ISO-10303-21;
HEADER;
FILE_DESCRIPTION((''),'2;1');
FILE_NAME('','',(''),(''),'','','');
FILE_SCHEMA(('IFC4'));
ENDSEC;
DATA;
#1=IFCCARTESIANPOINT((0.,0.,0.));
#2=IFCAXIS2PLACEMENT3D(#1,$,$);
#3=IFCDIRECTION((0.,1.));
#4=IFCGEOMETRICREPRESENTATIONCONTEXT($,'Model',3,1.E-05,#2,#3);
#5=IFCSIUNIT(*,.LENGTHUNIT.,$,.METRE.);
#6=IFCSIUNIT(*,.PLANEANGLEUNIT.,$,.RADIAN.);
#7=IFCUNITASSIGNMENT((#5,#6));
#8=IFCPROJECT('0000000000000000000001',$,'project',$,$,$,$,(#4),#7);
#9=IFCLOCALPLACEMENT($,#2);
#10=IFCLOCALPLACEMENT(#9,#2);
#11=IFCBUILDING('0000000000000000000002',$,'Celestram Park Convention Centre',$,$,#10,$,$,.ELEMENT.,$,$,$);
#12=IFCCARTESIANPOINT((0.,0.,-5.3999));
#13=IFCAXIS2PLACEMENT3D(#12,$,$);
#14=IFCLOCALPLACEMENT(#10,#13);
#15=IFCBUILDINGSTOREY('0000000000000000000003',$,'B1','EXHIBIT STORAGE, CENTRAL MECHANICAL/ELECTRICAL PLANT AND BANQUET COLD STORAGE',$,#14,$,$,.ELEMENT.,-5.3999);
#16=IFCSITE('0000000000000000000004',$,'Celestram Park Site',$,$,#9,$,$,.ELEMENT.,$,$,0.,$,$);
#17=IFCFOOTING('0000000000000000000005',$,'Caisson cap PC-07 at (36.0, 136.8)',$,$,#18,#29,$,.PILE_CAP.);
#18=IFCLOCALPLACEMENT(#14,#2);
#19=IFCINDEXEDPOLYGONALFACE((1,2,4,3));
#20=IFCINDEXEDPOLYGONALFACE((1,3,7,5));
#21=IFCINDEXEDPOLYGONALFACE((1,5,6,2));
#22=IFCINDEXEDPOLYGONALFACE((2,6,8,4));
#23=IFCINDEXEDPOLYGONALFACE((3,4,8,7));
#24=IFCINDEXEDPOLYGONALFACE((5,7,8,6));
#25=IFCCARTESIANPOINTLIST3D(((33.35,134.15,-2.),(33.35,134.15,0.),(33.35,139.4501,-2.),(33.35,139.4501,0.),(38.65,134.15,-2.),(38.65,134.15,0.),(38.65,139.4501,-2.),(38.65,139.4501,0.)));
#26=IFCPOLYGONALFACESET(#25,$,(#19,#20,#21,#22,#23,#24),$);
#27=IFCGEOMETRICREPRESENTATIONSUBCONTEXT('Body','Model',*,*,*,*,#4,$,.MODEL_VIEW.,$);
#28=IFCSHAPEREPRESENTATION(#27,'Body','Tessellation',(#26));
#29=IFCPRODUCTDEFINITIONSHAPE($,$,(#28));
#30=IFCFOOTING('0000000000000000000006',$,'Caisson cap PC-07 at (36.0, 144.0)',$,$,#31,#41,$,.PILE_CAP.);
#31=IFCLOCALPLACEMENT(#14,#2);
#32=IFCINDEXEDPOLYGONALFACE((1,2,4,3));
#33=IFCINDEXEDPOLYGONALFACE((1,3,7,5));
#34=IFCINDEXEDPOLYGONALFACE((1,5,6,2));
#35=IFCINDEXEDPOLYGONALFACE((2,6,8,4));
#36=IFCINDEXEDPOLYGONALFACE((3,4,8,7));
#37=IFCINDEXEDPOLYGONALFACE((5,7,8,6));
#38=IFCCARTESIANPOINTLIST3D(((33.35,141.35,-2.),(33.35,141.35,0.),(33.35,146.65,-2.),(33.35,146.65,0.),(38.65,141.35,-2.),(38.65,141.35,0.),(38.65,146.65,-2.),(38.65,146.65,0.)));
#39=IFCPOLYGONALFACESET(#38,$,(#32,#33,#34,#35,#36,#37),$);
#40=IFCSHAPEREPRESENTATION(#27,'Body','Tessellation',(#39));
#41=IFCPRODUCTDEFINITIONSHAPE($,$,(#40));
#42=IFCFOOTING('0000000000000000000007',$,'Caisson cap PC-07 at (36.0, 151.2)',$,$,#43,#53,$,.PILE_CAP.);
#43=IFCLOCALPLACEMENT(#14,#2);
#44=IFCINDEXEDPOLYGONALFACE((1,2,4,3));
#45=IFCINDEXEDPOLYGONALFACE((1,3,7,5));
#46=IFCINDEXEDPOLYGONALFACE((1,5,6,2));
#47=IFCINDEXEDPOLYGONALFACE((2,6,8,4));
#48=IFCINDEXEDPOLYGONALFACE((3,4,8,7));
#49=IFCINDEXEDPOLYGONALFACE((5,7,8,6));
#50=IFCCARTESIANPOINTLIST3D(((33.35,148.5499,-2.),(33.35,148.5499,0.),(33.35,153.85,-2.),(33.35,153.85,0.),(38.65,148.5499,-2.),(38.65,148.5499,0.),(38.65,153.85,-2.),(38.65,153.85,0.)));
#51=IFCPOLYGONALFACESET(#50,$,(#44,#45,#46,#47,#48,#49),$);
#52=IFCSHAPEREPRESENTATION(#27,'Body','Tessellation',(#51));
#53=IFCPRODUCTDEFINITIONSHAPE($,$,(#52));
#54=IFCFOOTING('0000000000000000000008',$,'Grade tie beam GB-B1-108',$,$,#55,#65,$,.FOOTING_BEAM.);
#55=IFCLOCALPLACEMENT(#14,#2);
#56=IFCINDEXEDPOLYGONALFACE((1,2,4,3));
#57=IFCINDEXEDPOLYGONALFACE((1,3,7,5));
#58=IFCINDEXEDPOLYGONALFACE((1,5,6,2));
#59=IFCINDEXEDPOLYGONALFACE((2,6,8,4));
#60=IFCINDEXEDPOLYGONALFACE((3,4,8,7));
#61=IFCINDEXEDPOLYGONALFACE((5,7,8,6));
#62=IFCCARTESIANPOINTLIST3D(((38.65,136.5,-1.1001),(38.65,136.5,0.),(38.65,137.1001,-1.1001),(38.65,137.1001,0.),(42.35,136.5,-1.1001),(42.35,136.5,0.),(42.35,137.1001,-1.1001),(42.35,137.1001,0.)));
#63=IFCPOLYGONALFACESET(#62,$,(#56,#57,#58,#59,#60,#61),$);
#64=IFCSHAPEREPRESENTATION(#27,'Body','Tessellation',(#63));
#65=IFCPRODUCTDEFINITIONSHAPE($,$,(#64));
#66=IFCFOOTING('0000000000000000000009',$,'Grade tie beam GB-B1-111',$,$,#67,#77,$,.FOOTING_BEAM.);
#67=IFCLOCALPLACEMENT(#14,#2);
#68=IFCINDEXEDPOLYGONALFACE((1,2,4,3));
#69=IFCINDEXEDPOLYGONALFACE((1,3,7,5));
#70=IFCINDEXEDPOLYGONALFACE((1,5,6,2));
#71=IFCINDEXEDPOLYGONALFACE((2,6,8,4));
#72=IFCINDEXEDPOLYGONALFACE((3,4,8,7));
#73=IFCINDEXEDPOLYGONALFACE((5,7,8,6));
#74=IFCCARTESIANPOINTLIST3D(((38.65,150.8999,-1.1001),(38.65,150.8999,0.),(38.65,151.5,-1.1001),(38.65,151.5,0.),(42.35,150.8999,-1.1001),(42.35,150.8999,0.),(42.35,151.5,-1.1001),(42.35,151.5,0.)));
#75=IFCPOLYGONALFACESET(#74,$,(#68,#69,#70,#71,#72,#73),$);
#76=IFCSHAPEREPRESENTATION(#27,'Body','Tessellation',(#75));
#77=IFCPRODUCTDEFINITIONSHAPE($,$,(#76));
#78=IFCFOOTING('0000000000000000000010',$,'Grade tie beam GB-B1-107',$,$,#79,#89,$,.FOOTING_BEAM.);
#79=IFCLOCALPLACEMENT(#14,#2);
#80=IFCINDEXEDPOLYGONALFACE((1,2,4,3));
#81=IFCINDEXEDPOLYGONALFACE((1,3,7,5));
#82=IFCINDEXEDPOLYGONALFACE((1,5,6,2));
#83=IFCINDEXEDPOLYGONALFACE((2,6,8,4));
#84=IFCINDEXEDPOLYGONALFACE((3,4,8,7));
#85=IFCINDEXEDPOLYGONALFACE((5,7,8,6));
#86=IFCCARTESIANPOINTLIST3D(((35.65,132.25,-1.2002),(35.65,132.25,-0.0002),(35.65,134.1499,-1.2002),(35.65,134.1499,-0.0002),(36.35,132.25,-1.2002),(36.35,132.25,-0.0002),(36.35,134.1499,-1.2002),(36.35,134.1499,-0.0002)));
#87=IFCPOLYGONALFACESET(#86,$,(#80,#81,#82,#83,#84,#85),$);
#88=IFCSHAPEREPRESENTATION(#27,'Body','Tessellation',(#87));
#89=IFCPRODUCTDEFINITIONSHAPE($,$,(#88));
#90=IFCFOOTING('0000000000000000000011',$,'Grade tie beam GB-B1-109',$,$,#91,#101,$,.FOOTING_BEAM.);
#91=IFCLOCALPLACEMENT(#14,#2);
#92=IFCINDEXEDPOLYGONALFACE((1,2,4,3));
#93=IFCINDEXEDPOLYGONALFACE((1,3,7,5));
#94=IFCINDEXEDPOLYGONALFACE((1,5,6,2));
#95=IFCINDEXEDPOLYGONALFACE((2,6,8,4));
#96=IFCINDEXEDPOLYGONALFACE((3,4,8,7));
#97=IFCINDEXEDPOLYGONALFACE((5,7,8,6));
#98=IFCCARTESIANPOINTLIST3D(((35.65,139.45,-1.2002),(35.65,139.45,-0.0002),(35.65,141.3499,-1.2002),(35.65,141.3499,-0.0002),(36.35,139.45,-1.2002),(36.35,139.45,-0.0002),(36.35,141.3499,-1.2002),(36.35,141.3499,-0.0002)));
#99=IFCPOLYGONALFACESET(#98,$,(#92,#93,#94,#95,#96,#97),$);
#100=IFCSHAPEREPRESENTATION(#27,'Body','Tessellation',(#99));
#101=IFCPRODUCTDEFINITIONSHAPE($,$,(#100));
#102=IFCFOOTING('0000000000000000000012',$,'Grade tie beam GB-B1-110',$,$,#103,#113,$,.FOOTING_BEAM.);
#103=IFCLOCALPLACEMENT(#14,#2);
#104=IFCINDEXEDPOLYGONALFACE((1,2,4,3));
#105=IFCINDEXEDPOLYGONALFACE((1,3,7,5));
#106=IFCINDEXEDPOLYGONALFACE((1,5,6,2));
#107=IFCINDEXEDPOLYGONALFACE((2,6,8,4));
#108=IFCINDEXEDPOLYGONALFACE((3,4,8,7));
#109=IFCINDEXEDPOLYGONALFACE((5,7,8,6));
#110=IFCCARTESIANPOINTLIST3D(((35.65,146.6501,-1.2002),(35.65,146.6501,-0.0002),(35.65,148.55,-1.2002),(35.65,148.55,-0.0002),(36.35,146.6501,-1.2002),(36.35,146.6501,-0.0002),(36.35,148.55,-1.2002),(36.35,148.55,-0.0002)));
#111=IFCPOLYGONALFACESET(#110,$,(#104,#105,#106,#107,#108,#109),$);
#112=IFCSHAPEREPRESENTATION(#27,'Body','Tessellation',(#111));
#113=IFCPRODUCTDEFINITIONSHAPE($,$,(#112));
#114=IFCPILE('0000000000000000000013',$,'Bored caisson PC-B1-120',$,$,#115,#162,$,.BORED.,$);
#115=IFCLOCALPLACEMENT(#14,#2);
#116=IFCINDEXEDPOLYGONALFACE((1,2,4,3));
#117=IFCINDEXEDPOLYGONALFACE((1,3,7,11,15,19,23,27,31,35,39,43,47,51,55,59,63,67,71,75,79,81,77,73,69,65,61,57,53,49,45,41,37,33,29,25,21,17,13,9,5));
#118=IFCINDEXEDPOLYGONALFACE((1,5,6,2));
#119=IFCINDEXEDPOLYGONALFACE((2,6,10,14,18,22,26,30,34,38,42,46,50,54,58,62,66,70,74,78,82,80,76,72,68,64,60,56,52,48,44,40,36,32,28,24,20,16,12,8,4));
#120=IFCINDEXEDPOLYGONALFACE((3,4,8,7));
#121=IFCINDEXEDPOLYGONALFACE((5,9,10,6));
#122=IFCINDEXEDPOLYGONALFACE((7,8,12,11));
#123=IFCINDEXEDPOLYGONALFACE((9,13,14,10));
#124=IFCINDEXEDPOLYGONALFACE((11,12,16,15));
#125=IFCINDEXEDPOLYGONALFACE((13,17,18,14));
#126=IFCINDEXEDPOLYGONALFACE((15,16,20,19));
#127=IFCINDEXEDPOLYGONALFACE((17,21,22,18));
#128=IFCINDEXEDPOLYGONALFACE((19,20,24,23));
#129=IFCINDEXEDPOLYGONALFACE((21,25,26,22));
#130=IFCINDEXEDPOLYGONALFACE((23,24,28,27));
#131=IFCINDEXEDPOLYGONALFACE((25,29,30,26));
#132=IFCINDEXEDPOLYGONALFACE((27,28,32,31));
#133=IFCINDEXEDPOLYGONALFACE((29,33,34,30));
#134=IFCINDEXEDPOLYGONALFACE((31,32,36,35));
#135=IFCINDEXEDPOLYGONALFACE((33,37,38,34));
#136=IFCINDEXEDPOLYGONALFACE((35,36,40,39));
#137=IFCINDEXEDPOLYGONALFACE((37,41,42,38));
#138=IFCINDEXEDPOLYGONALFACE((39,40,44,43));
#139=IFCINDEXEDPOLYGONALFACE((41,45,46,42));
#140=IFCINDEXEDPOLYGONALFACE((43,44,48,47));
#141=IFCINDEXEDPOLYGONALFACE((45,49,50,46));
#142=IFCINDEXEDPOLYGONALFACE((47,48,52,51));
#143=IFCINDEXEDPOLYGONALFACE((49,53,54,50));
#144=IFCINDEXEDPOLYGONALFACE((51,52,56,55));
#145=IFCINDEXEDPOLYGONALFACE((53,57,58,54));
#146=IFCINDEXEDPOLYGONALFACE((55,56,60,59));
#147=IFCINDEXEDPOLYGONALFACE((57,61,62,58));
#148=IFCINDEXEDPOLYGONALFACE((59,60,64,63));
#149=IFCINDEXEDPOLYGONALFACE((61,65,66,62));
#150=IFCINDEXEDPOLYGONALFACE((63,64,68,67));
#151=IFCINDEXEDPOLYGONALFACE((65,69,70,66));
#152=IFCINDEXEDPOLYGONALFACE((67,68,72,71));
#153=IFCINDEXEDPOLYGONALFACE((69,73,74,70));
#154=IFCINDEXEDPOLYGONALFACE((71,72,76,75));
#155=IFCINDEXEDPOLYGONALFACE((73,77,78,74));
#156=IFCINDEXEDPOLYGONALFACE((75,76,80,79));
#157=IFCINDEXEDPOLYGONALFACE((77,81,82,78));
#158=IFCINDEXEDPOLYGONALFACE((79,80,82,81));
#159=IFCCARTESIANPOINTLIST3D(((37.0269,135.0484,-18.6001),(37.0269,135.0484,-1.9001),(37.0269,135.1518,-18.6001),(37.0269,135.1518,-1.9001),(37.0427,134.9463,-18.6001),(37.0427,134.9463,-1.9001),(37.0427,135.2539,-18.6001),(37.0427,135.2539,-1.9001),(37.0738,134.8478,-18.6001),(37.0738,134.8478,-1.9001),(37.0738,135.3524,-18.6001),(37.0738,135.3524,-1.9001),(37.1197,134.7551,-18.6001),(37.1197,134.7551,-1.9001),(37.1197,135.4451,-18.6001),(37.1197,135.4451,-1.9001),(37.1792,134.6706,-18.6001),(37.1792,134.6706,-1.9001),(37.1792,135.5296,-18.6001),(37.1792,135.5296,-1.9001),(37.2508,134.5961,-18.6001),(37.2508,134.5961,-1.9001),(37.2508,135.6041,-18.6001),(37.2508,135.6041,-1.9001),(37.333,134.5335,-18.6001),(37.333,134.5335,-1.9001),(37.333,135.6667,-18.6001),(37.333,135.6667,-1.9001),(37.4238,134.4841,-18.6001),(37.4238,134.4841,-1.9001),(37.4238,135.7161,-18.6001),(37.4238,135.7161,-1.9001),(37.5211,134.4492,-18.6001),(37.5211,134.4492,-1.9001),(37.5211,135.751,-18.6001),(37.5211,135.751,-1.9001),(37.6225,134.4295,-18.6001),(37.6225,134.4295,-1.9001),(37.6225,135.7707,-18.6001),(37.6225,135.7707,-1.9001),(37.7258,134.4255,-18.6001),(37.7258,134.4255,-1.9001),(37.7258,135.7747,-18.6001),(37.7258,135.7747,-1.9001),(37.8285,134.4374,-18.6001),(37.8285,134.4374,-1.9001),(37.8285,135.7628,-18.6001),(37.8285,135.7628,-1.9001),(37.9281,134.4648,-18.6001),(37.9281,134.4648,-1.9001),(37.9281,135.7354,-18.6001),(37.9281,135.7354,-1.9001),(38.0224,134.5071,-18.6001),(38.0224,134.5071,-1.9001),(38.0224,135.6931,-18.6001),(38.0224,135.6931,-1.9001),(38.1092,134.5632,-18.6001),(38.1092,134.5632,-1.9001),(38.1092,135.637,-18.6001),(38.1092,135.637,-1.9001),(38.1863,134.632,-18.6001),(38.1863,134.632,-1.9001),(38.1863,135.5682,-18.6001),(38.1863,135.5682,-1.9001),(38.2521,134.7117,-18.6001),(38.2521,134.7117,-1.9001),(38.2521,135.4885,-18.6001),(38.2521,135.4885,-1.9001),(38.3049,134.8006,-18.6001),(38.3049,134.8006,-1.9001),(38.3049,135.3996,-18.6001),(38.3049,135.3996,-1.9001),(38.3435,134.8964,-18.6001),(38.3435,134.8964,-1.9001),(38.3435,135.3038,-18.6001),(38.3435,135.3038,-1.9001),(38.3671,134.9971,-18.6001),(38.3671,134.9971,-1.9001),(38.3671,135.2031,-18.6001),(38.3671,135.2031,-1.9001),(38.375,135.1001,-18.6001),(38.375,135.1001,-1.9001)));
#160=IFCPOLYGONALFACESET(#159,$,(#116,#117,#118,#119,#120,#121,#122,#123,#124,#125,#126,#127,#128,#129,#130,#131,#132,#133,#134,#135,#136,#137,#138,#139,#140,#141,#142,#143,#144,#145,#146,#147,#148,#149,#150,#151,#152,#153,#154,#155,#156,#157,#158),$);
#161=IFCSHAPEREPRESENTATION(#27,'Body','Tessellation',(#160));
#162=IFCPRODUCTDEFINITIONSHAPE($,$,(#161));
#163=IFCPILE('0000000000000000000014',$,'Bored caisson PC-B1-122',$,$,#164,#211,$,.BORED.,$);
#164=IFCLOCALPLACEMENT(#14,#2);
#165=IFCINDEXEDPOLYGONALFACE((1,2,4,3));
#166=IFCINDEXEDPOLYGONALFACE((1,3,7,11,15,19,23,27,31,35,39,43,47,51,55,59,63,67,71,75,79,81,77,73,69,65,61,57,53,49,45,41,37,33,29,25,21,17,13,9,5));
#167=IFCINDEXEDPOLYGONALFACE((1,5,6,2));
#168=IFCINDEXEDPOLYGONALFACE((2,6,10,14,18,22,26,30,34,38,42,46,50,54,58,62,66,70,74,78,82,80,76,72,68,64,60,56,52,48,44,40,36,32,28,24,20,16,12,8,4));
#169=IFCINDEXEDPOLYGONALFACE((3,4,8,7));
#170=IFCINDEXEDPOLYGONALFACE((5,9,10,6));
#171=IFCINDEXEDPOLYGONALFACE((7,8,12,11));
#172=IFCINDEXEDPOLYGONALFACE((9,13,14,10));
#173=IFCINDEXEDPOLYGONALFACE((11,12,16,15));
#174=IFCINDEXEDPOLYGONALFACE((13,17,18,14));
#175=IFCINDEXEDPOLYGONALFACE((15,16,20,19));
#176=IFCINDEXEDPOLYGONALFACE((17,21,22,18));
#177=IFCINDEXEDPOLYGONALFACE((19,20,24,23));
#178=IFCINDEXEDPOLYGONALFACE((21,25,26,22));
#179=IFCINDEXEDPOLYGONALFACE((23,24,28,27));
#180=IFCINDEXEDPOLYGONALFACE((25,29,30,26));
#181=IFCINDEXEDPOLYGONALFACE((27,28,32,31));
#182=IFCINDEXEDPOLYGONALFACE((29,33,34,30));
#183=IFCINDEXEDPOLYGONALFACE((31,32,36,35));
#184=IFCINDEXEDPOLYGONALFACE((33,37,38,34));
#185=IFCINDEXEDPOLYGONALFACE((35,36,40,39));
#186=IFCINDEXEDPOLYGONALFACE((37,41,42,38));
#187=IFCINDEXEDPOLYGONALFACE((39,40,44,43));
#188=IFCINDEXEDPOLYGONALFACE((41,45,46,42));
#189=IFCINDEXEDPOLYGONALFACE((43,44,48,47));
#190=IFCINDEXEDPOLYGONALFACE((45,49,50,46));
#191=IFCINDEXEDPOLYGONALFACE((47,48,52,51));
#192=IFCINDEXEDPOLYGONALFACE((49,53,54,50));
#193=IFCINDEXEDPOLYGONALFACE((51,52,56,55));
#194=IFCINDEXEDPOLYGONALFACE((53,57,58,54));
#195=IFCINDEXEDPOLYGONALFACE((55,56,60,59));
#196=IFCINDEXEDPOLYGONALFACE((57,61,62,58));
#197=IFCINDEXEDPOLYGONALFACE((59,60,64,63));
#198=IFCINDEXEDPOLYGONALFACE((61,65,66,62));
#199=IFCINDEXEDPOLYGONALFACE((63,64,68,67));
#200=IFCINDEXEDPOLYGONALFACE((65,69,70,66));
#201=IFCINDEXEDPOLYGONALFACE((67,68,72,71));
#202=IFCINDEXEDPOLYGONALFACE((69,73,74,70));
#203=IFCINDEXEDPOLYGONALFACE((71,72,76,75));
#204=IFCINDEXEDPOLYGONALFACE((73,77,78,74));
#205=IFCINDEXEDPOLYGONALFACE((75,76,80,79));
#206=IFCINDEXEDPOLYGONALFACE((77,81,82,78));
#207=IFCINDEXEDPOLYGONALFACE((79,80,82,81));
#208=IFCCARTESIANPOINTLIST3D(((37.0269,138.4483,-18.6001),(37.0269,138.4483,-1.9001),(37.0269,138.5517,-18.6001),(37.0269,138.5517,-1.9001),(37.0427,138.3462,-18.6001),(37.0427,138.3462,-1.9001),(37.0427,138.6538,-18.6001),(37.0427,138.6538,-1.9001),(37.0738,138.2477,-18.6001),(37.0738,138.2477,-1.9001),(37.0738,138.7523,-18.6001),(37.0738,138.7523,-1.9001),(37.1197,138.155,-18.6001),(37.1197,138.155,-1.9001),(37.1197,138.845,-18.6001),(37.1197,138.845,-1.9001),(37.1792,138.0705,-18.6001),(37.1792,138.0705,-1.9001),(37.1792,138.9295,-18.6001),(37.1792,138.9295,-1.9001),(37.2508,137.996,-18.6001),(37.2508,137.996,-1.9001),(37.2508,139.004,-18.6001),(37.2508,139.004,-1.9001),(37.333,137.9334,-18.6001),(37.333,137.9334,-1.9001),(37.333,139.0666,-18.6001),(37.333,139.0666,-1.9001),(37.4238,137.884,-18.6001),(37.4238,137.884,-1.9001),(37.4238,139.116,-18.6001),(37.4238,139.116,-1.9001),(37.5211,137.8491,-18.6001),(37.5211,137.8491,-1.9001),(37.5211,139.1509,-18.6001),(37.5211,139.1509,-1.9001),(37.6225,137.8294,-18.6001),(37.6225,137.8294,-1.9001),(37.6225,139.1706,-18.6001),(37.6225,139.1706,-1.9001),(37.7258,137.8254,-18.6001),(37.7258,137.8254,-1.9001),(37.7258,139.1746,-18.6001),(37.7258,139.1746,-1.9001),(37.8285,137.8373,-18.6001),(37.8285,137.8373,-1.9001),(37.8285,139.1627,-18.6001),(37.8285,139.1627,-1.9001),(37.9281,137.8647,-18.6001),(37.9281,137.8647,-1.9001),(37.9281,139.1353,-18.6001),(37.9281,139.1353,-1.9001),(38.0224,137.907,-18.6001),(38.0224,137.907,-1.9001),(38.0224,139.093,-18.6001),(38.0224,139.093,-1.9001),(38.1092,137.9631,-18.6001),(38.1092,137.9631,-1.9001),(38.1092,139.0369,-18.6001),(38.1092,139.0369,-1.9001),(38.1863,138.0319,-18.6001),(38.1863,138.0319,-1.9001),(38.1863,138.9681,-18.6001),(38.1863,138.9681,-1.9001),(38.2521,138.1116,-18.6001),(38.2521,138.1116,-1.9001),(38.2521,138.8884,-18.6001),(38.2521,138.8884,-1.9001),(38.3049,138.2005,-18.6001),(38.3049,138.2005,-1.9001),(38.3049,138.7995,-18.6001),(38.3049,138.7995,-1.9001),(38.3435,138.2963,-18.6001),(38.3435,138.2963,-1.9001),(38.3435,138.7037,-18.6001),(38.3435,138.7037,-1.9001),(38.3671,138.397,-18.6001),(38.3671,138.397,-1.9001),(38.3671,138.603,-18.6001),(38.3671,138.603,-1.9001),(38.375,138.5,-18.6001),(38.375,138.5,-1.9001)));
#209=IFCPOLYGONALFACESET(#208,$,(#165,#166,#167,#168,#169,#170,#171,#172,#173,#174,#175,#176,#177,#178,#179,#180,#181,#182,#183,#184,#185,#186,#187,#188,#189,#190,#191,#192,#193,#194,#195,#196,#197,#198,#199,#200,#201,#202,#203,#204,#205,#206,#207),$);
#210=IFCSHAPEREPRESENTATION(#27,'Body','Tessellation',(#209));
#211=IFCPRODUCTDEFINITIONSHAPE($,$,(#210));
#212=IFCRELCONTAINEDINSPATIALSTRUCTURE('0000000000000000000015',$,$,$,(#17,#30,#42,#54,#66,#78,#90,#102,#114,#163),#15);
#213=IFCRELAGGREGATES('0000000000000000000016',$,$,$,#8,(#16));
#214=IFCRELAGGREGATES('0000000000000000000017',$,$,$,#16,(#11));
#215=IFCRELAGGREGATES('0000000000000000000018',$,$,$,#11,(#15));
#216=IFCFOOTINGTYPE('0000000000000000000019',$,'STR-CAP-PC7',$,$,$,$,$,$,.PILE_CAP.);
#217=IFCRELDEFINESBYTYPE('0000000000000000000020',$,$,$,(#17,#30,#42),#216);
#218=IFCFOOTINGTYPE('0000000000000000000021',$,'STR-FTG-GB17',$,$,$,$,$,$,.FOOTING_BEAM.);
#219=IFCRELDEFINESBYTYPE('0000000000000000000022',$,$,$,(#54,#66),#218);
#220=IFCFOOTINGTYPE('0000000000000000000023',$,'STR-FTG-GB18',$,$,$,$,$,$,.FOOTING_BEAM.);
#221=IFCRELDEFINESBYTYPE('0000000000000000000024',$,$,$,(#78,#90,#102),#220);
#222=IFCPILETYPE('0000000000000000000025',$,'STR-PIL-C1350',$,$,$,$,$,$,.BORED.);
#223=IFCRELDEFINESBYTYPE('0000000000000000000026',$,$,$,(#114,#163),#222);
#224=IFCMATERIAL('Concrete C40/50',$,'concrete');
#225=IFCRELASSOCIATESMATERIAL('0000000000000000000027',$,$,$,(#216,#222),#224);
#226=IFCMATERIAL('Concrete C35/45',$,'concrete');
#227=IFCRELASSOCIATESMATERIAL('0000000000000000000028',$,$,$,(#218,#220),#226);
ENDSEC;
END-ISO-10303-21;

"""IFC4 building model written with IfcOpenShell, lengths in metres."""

from ifc_helpers import new_model, si_unit, direction, frame, origin, origin_2d, place, context, subcontext, project, spatial, rectangle, circle, extrude, material, material_profile, profile_set, type_object, element, save


model = new_model("IFC4")

# Units and contexts
model_context = context("Model", 3, precision=1e-05, world=origin(), true_north=direction((0.0, 1.0)))
body_context = subcontext(model_context, "Body", "Model", "MODEL_VIEW")
ifc_project = project(units=[si_unit("LENGTHUNIT", "METRE"), si_unit("PLANEANGLEUNIT", "RADIAN")], contexts=[model_context])

# Site, building, storey
site_placement = place(None, origin())
site = spatial("IfcSite", under=ifc_project, at=site_placement, Name="Celestram Park Site", CompositionType="ELEMENT", RefElevation=0.0)
building_placement = place(site_placement, origin())
building = spatial("IfcBuilding", under=site, at=building_placement, Name="Celestram Park Convention Centre", CompositionType="ELEMENT")
storey_placement = place(building_placement, frame((0.0, 0.0, -5.3999)))
storey = spatial("IfcBuildingStorey", under=building, at=storey_placement, Name="B1", Description="EXHIBIT STORAGE, CENTRAL MECHANICAL/ELECTRICAL PLANT AND BANQUET COLD STORAGE", CompositionType="ELEMENT", Elevation=-5.3999)

# Footings
ifc_material_1 = material(Name="Concrete C40/50", Category="concrete")
footing_type_1 = type_object("IfcFootingType", Name="STR-CAP-PC7", PredefinedType="PILE_CAP", material=ifc_material_1)
for number, where, z_axis, x_axis, name in (
    (1, (36.0, 136.8, -2.0), (0.0, 0.0, 1.0), (1.0, 0.0, 0.0), "Caisson cap PC-07 at (36.0, 136.8)"),
    (2, (36.0, 144.0, -2.0), (0.0, 0.0, 1.0), (1.0, 0.0, 0.0), "Caisson cap PC-07 at (36.0, 144.0)"),
    (3, (36.0, 151.2, -2.0), (0.0, 0.0, 1.0), (1.0, 0.0, 0.0), "Caisson cap PC-07 at (36.0, 151.2)"),
):
    element("IfcFooting", number, at=place(storey_placement, frame(where, z_axis=z_axis, x_axis=x_axis)), inside=storey, type_object=footing_type_1, Name=name, PredefinedType="PILE_CAP", context=body_context, shape_type="SweptSolid", body=[
        extrude(rectangle(XDim=5.3, YDim=5.3, at=origin_2d()), origin(), (0.0, 0.0, 1.0), 2.0),
    ])
ifc_material_2 = material(Name="Concrete C35/45", Category="concrete")
footing_type_2 = type_object("IfcFootingType", Name="STR-FTG-GB17", PredefinedType="FOOTING_BEAM", material=ifc_material_2)
for number, where, z_axis, x_axis, name in (
    (4, (40.5, 136.8, -1.1001), (0.0, 0.0, 1.0), (1.0, 0.0, 0.0), "Grade tie beam GB-B1-108"),
    (5, (40.5, 151.2, -1.1001), (0.0, 0.0, 1.0), (1.0, 0.0, 0.0), "Grade tie beam GB-B1-111"),
):
    element("IfcFooting", number, at=place(storey_placement, frame(where, z_axis=z_axis, x_axis=x_axis)), inside=storey, type_object=footing_type_2, Name=name, PredefinedType="FOOTING_BEAM", context=body_context, shape_type="SweptSolid", body=[
        extrude(rectangle(XDim=3.7, YDim=0.6001, at=origin_2d()), origin(), (0.0, 0.0, 1.0), 1.1001),
    ])
footing_type_3 = type_object("IfcFootingType", Name="STR-FTG-GB18", PredefinedType="FOOTING_BEAM", material=ifc_material_2)
for number, where, z_axis, x_axis, name in (
    (6, (36.0, 133.2, -1.2002), (0.0, 0.0, 1.0), (0.0, 1.0, 0.0), "Grade tie beam GB-B1-107"),
    (7, (36.0, 140.3999, -1.2002), (0.0, 0.0, 1.0), (0.0, 1.0, 0.0), "Grade tie beam GB-B1-109"),
    (8, (36.0, 147.6001, -1.2002), (0.0, 0.0, 1.0), (0.0, 1.0, 0.0), "Grade tie beam GB-B1-110"),
):
    element("IfcFooting", number, at=place(storey_placement, frame(where, z_axis=z_axis, x_axis=x_axis)), inside=storey, type_object=footing_type_3, Name=name, PredefinedType="FOOTING_BEAM", context=body_context, shape_type="SweptSolid", body=[
        extrude(rectangle(XDim=1.8999, YDim=0.7, at=origin_2d()), origin(), (0.0, 0.0, 1.0), 1.2),
    ])

# Piles
ifc_material_profile_1 = material_profile(ifc_material_1, circle(Radius=0.675, at=origin_2d()), Name="CAISSON1350")
ifc_profile_set_1 = profile_set([ifc_material_profile_1], Name="Concrete C40/50")
pile_type = type_object("IfcPileType", Name="STR-PIL-C1350", PredefinedType="BORED", material=ifc_profile_set_1)
for number, where, z_axis, x_axis, name in (
    (9, (37.7, 135.1001, -1.9001), (0.0, 0.0, -1.0), (1.0, 0.0, 0.0), "Bored caisson PC-B1-120"),
    (10, (37.7, 138.5, -1.9001), (0.0, 0.0, -1.0), (1.0, 0.0, 0.0), "Bored caisson PC-B1-122"),
):
    element("IfcPile", number, at=place(storey_placement, frame(where, z_axis=z_axis, x_axis=x_axis)), inside=storey, type_object=pile_type, Name=name, PredefinedType="BORED", context=body_context, shape_type="SweptSolid", body=[
        extrude(circle(Radius=0.675, at=origin_2d()), origin(), (0.0, 0.0, 1.0), 16.7),
    ])

save(model, "model.ifc")
